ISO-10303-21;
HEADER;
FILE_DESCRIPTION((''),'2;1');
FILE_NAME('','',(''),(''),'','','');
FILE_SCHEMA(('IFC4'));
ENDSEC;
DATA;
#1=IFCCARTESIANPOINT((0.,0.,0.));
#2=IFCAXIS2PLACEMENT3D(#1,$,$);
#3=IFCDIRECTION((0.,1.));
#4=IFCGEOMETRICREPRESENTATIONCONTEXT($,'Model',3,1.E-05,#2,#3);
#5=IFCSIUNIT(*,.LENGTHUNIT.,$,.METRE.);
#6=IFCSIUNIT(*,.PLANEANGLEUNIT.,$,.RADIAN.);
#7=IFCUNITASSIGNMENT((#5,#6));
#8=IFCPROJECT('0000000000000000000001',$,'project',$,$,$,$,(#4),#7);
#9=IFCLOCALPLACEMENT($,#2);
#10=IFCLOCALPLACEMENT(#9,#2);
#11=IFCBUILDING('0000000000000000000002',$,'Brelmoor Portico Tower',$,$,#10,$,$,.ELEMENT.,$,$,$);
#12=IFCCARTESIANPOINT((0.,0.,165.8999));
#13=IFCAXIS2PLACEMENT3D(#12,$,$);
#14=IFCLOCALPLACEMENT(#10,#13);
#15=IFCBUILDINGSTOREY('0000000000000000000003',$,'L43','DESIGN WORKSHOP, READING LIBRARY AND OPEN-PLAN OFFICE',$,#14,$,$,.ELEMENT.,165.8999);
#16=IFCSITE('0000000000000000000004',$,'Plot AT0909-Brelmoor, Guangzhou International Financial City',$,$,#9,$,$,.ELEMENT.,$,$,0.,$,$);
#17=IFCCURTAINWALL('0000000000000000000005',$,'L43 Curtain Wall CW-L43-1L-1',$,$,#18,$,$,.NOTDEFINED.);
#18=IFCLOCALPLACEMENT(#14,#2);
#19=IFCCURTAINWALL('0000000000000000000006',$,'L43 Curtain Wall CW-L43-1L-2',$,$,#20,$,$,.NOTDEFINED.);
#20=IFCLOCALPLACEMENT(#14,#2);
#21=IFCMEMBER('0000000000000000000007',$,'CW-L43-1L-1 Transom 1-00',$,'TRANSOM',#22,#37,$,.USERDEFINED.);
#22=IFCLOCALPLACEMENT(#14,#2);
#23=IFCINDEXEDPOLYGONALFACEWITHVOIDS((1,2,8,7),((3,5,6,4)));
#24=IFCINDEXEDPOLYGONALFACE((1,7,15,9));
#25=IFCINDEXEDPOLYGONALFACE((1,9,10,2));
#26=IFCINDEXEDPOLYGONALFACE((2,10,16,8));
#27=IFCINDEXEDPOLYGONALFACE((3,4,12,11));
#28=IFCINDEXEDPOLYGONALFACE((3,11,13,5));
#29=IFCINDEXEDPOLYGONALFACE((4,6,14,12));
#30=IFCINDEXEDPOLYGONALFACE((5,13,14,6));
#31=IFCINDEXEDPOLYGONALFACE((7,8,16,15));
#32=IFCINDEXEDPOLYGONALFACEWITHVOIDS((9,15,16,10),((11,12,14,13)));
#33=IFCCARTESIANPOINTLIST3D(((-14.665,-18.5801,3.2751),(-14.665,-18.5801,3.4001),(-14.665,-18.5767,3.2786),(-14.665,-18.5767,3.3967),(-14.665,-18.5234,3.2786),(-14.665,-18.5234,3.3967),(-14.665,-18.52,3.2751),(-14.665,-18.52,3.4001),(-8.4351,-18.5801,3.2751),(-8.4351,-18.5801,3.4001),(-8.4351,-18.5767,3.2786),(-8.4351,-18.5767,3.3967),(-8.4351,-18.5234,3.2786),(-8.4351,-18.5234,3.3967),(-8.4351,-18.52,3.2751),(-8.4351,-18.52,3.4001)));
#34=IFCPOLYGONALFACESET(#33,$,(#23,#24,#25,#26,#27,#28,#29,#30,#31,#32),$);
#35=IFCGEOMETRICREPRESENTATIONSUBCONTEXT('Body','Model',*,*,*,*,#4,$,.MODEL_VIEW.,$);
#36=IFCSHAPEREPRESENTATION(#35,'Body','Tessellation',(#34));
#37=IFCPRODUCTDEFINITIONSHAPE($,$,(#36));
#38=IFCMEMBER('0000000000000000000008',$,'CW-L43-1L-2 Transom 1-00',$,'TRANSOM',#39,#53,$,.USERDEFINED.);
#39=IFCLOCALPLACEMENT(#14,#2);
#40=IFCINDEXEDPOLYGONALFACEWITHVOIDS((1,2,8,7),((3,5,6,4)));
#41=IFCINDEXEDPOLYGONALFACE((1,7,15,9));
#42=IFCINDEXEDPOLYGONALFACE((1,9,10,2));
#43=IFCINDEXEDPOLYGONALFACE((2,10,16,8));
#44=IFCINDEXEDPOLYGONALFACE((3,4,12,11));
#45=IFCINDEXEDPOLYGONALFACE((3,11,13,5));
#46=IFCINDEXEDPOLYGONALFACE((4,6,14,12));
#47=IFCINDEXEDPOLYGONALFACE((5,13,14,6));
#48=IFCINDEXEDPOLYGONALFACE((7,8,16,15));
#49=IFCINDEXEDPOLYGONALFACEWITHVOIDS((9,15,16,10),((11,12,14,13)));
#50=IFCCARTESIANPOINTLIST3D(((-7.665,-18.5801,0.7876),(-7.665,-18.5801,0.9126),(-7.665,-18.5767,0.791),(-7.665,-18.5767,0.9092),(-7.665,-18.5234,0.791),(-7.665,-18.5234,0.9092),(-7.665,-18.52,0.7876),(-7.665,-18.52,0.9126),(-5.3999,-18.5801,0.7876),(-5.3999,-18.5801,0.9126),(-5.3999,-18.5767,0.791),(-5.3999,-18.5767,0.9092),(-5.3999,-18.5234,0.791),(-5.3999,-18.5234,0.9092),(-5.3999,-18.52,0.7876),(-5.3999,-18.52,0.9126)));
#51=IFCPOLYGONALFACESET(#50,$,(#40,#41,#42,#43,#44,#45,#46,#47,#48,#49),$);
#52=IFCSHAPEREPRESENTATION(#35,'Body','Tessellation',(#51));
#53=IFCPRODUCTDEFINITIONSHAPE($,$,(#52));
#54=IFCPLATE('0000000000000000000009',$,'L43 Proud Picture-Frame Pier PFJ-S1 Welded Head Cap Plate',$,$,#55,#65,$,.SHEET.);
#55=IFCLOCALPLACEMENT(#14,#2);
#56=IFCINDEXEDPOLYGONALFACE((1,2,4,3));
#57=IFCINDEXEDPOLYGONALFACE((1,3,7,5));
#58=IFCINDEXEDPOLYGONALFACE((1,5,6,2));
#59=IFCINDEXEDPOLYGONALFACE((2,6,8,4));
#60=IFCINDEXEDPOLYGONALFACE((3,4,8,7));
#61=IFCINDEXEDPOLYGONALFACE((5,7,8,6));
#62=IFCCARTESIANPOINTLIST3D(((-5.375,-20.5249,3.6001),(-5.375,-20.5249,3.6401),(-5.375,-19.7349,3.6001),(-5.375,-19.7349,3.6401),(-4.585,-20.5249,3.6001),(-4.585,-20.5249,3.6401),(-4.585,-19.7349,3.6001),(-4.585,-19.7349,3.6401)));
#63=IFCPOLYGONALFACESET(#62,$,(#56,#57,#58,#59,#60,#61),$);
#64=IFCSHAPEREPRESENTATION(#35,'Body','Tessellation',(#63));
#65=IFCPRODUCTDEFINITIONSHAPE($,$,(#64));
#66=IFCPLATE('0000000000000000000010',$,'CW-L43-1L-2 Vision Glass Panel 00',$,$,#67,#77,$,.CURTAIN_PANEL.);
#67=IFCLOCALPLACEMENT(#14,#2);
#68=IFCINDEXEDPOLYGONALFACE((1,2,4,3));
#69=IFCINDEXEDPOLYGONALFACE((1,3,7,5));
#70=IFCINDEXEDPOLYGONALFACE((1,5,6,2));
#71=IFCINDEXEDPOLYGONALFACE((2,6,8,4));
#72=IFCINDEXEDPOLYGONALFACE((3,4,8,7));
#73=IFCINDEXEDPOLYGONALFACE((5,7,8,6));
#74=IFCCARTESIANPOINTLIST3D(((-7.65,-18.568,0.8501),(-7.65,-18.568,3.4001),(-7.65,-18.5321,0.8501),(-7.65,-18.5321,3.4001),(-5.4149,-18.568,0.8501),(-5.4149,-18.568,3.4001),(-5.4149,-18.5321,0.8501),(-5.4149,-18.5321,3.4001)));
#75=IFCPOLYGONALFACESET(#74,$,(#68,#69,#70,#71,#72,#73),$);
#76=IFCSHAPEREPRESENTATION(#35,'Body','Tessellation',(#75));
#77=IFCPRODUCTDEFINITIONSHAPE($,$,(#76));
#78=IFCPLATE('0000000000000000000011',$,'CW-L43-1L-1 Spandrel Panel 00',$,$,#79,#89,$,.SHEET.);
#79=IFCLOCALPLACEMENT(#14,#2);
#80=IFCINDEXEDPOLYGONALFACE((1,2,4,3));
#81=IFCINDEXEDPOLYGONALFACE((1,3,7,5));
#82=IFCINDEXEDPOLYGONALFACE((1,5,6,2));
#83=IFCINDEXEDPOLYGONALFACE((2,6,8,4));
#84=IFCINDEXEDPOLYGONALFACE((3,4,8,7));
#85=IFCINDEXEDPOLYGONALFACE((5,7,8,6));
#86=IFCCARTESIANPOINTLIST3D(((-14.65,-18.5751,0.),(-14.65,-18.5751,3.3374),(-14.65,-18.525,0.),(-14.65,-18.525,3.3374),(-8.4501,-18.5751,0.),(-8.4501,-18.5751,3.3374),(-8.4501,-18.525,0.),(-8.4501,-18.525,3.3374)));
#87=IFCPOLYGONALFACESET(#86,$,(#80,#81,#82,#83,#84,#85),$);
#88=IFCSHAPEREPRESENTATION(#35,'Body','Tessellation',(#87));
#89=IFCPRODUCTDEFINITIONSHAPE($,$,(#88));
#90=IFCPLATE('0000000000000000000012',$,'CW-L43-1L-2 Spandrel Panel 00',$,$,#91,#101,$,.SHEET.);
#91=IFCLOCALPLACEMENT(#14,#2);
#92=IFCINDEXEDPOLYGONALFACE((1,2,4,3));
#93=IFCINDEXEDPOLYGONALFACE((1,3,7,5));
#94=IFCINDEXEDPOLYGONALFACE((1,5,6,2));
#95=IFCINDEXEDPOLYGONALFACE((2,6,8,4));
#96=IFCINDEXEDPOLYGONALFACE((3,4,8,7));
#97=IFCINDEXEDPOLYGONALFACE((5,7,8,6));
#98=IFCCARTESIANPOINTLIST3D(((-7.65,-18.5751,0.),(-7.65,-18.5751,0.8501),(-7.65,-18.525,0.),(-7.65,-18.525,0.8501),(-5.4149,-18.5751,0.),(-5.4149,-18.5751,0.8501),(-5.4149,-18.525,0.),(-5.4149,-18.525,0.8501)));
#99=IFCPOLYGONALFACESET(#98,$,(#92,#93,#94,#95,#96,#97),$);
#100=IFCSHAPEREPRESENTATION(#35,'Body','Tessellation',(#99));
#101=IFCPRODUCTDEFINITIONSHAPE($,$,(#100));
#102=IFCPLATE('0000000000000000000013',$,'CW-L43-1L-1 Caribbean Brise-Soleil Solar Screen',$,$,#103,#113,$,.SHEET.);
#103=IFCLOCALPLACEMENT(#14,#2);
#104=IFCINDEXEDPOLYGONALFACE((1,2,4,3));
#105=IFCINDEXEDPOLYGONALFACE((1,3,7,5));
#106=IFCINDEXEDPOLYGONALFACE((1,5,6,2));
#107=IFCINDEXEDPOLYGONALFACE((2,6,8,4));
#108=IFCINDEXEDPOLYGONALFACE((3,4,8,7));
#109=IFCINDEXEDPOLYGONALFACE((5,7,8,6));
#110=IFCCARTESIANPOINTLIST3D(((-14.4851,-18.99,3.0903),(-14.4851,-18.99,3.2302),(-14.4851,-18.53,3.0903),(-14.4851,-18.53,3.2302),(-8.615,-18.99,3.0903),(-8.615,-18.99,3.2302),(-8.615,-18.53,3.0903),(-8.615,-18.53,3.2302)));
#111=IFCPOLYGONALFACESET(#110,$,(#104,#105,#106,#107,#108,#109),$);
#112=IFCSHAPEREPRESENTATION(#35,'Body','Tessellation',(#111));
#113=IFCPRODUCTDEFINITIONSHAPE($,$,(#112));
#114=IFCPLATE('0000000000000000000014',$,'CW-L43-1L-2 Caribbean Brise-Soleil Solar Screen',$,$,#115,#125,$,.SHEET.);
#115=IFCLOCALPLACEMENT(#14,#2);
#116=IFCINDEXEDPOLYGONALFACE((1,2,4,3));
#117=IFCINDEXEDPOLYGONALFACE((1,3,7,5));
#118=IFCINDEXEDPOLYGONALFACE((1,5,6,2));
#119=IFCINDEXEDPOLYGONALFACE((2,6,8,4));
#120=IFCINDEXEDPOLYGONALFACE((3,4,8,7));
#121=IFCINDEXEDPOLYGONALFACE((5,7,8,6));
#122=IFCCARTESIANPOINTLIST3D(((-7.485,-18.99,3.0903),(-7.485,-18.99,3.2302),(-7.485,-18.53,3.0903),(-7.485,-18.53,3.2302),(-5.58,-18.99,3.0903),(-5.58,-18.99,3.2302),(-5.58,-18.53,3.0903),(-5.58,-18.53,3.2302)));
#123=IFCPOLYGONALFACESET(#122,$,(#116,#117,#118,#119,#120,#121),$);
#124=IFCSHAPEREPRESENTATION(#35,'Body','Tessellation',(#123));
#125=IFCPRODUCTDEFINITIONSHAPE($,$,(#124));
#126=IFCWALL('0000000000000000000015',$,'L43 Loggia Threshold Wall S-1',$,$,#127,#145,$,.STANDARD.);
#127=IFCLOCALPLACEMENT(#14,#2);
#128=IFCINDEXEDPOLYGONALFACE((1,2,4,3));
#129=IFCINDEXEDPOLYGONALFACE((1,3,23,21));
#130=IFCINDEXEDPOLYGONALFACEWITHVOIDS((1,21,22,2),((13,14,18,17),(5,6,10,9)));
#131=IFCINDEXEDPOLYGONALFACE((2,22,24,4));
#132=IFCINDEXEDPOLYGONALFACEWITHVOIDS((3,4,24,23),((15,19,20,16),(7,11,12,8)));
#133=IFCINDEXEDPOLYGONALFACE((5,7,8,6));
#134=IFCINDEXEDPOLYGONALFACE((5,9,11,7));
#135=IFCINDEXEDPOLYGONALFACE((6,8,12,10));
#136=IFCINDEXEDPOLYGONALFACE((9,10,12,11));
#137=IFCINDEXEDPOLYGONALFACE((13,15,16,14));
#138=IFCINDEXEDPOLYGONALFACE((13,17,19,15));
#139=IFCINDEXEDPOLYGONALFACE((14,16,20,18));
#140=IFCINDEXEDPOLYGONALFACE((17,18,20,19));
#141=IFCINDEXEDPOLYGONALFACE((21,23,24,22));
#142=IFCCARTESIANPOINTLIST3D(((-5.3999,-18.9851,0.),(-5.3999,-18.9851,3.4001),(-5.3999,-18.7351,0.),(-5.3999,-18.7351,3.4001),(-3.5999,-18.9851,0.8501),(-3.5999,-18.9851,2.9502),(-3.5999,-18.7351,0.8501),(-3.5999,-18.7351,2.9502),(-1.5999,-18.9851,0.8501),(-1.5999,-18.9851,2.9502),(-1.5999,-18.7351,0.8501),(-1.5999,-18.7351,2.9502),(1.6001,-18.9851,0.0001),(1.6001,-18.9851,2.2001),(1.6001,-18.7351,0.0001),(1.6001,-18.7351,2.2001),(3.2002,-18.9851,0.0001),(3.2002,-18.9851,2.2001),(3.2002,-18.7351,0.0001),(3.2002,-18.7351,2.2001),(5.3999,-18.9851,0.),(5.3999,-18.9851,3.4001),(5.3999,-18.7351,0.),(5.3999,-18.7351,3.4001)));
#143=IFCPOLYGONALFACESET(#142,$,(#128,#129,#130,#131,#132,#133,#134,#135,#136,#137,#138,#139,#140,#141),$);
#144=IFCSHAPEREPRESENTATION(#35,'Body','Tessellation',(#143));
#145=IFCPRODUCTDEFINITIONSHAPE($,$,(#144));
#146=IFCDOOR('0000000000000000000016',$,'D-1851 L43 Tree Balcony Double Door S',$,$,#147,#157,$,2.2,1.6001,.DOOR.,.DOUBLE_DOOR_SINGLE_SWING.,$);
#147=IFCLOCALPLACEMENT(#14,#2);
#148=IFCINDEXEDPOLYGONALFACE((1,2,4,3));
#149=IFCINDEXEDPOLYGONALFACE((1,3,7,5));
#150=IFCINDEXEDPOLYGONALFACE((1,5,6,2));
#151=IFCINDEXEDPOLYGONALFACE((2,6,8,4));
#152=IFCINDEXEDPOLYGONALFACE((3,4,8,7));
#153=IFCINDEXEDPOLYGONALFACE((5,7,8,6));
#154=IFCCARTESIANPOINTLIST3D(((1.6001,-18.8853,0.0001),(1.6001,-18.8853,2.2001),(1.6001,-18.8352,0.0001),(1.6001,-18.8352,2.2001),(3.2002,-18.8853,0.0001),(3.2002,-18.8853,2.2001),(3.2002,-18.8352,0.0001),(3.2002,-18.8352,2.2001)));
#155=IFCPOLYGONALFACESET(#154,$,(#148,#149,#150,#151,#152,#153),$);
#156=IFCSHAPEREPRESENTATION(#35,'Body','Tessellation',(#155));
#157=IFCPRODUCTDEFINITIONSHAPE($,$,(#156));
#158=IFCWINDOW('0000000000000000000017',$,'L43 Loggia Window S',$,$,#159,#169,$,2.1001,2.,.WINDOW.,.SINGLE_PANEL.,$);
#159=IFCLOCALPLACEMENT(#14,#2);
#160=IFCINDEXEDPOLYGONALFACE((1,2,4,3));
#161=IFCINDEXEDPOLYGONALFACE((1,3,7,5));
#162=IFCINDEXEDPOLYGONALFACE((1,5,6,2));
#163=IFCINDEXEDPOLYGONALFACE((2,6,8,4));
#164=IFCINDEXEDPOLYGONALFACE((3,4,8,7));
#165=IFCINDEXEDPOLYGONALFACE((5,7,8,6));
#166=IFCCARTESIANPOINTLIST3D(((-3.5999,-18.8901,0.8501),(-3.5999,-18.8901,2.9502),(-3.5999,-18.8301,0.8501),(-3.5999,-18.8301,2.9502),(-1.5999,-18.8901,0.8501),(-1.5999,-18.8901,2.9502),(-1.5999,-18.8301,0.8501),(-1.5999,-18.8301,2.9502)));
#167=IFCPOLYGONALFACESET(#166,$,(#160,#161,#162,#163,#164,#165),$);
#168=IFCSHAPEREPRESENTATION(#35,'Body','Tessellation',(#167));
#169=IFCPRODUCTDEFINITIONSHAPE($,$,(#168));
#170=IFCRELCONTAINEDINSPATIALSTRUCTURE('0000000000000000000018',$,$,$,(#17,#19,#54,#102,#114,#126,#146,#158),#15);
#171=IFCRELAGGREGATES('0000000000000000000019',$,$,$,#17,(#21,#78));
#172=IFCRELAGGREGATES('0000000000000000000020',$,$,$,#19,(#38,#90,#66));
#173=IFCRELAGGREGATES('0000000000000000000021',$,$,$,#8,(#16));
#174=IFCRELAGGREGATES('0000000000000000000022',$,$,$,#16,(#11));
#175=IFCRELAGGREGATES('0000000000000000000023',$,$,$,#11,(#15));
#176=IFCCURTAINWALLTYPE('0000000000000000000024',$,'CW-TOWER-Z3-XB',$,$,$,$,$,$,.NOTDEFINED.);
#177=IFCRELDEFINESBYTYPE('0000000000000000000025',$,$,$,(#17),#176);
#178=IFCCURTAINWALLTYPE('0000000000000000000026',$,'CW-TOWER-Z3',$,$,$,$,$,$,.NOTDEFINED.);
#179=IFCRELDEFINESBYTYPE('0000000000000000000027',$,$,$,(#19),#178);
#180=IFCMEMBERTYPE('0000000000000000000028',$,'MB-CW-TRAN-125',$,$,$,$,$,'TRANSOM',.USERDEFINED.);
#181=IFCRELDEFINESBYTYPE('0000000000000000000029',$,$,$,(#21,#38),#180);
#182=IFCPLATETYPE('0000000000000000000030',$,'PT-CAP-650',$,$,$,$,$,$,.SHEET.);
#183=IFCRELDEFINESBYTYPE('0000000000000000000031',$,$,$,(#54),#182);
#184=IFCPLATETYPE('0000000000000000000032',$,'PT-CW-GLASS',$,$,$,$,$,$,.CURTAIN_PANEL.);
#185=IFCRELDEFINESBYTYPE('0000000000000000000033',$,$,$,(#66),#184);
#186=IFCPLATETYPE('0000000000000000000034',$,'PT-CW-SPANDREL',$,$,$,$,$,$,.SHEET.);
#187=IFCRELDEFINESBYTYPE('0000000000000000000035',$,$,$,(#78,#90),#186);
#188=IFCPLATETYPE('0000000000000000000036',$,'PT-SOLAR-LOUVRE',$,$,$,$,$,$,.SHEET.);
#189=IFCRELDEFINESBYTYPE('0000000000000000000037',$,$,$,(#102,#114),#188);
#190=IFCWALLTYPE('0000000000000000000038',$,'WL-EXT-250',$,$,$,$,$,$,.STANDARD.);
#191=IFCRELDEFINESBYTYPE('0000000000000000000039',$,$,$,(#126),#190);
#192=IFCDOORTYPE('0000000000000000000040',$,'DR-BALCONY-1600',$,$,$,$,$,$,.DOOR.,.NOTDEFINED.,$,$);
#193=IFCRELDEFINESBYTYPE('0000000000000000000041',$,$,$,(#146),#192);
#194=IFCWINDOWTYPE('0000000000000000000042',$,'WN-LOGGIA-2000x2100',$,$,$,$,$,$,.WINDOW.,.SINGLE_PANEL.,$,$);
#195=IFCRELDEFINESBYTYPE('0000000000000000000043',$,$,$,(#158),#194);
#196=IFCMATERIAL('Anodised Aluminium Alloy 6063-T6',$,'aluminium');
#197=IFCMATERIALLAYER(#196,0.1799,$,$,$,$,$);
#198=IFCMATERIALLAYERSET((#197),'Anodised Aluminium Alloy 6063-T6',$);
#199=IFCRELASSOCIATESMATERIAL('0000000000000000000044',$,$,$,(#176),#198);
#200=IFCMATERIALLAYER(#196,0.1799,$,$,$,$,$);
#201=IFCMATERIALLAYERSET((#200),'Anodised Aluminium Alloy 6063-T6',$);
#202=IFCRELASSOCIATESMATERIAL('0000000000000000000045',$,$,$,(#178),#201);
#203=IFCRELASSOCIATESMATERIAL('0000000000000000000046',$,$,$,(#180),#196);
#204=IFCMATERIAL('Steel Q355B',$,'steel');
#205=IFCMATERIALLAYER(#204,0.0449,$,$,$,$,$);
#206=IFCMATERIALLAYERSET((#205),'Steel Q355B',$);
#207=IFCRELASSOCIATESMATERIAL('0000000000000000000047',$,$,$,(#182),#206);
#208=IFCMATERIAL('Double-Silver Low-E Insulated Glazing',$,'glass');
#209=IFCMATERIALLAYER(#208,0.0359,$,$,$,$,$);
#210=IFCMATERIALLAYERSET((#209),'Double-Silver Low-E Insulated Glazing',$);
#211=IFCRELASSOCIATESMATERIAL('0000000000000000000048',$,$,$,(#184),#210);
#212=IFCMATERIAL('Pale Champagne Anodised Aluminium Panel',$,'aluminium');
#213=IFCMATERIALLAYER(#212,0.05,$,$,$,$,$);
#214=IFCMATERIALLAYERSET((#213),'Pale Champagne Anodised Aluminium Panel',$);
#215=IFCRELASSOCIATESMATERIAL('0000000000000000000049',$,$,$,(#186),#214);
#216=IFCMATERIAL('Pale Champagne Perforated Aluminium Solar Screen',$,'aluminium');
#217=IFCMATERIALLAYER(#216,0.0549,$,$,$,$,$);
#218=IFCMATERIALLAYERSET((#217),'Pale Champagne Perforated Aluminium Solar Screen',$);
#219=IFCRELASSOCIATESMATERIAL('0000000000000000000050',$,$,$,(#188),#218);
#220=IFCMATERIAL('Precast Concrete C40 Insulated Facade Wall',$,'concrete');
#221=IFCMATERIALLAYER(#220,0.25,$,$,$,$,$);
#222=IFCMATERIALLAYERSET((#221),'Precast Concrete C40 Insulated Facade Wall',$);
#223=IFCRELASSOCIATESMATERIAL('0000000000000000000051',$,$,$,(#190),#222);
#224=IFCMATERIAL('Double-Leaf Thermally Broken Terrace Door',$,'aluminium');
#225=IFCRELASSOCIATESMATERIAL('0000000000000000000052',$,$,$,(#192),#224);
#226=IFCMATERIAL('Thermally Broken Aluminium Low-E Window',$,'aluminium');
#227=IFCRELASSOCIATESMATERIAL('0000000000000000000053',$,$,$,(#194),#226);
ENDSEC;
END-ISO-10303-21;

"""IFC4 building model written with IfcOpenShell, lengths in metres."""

from ifc_helpers import new_model, si_unit, direction, frame, frame_2d, origin, origin_2d, place, context, subcontext, project, spatial, rectangle, hollow_rectangle, extrude, material, layer, layer_set, material_profile, profile_set, type_object, element, fill, aggregate, save


model = new_model("IFC4")

# Units and contexts
model_context = context("Model", 3, precision=1e-05, world=origin(), true_north=direction((0.0, 1.0)))
body_context = subcontext(model_context, "Body", "Model", "MODEL_VIEW")
ifc_project = project(units=[si_unit("LENGTHUNIT", "METRE"), si_unit("PLANEANGLEUNIT", "RADIAN")], contexts=[model_context])

# Site, building, storey
site_placement = place(None, origin())
site = spatial("IfcSite", under=ifc_project, at=site_placement, Name="Plot AT0909-Brelmoor, Guangzhou International Financial City", CompositionType="ELEMENT", RefElevation=0.0)
building_placement = place(site_placement, origin())
building = spatial("IfcBuilding", under=site, at=building_placement, Name="Brelmoor Portico Tower", CompositionType="ELEMENT")
storey_placement = place(building_placement, frame((0.0, 0.0, 165.8999)))
storey = spatial("IfcBuildingStorey", under=building, at=storey_placement, Name="L43", Description="DESIGN WORKSHOP, READING LIBRARY AND OPEN-PLAN OFFICE", CompositionType="ELEMENT", Elevation=165.8999)

# Shared definitions
ifc_material_1 = material(Name="Steel Q355B", Category="steel")

# Curtain walls
ifc_material_2 = material(Name="Anodised Aluminium Alloy 6063-T6", Category="aluminium")
ifc_layer_1 = layer(ifc_material_2, 0.1799)
ifc_layer_set_1 = layer_set([ifc_layer_1], Name="Anodised Aluminium Alloy 6063-T6")
curtain_wall_type_1 = type_object("IfcCurtainWallType", Name="CW-TOWER-Z3-XB", PredefinedType="NOTDEFINED", material=ifc_layer_set_1)
curtain_wall_1_placement = place(storey_placement, origin())
curtain_wall_1 = element("IfcCurtainWall", 1, at=curtain_wall_1_placement, inside=storey, type_object=curtain_wall_type_1, Name="L43 Curtain Wall CW-L43-1L-1", PredefinedType="NOTDEFINED")
ifc_layer_2 = layer(ifc_material_2, 0.1799)
ifc_layer_set_2 = layer_set([ifc_layer_2], Name="Anodised Aluminium Alloy 6063-T6")
curtain_wall_type_2 = type_object("IfcCurtainWallType", Name="CW-TOWER-Z3", PredefinedType="NOTDEFINED", material=ifc_layer_set_2)
curtain_wall_2_placement = place(storey_placement, origin())
curtain_wall_2 = element("IfcCurtainWall", 2, at=curtain_wall_2_placement, inside=storey, type_object=curtain_wall_type_2, Name="L43 Curtain Wall CW-L43-1L-2", PredefinedType="NOTDEFINED")

# Members
ifc_material_profile_1 = material_profile(ifc_material_2, hollow_rectangle(XDim=0.0601, YDim=0.125, WallThickness=0.0034, at=origin_2d()), Name="ALU TRANSOM 60x125")
ifc_profile_set_1 = profile_set([ifc_material_profile_1], Name="Anodised Aluminium Alloy 6063-T6")
member_type_1 = type_object("IfcMemberType", Name="MB-CW-TRAN-125", ElementType="TRANSOM", PredefinedType="USERDEFINED", material=ifc_profile_set_1)
member_1_placement = place(storey_placement, frame((-14.665, -18.55, 3.3376), z_axis=(1.0, 0.0, 0.0), x_axis=(0.0, 1.0, 0.0)))
member_1 = element("IfcMember", 3, at=member_1_placement, type_object=member_type_1, Name="CW-L43-1L-1 Transom 1-00", ObjectType="TRANSOM", PredefinedType="USERDEFINED", context=body_context, shape_type="SweptSolid", body=[
    extrude(hollow_rectangle(XDim=0.0601, YDim=0.125, WallThickness=0.0034, at=origin_2d()), origin(), (0.0, 0.0, 1.0), 6.23),
])
member_2_placement = place(storey_placement, frame((-7.665, -18.55, 0.8501), z_axis=(1.0, 0.0, 0.0), x_axis=(0.0, 1.0, 0.0)))
member_2 = element("IfcMember", 4, at=member_2_placement, type_object=member_type_1, Name="CW-L43-1L-2 Transom 1-00", ObjectType="TRANSOM", PredefinedType="USERDEFINED", context=body_context, shape_type="SweptSolid", body=[
    extrude(hollow_rectangle(XDim=0.0601, YDim=0.125, WallThickness=0.0034, at=origin_2d()), origin(), (0.0, 0.0, 1.0), 2.2651),
])

# Plates
ifc_layer_3 = layer(ifc_material_1, 0.0449)
ifc_layer_set_3 = layer_set([ifc_layer_3], Name="Steel Q355B")
plate_type_1 = type_object("IfcPlateType", Name="PT-CAP-650", PredefinedType="SHEET", material=ifc_layer_set_3)
plate_1_placement = place(storey_placement, frame((-4.98, -20.1299, 3.6001), z_axis=(0.0, 0.0, 1.0), x_axis=(1.0, 0.0, 0.0)))
element("IfcPlate", 5, at=plate_1_placement, inside=storey, type_object=plate_type_1, Name="L43 Proud Picture-Frame Pier PFJ-S1 Welded Head Cap Plate", PredefinedType="SHEET", context=body_context, shape_type="SweptSolid", body=[
    extrude(rectangle(XDim=0.79, YDim=0.79, at=origin_2d()), origin(), (0.0, 0.0, 1.0), 0.04),
])
ifc_material_3 = material(Name="Double-Silver Low-E Insulated Glazing", Category="glass")
ifc_layer_4 = layer(ifc_material_3, 0.0359)
ifc_layer_set_4 = layer_set([ifc_layer_4], Name="Double-Silver Low-E Insulated Glazing")
plate_type_2 = type_object("IfcPlateType", Name="PT-CW-GLASS", PredefinedType="CURTAIN_PANEL", material=ifc_layer_set_4)
plate_2_placement = place(storey_placement, frame((-6.5325, -18.55, 0.8501), z_axis=(0.0, 0.0, 1.0), x_axis=(1.0, 0.0, 0.0)))
plate_2 = element("IfcPlate", 6, at=plate_2_placement, type_object=plate_type_2, Name="CW-L43-1L-2 Vision Glass Panel 00", PredefinedType="CURTAIN_PANEL", context=body_context, shape_type="SweptSolid", body=[
    extrude(rectangle(XDim=2.2351, YDim=0.0359, at=origin_2d()), origin(), (0.0, 0.0, 1.0), 2.55),
])
ifc_material_4 = material(Name="Pale Champagne Anodised Aluminium Panel", Category="aluminium")
ifc_layer_5 = layer(ifc_material_4, 0.05)
ifc_layer_set_5 = layer_set([ifc_layer_5], Name="Pale Champagne Anodised Aluminium Panel")
plate_type_3 = type_object("IfcPlateType", Name="PT-CW-SPANDREL", PredefinedType="SHEET", material=ifc_layer_set_5)
plate_3_placement = place(storey_placement, frame((-11.55, -18.55, 0.0), z_axis=(0.0, 0.0, 1.0), x_axis=(1.0, 0.0, 0.0)))
plate_3 = element("IfcPlate", 7, at=plate_3_placement, type_object=plate_type_3, Name="CW-L43-1L-1 Spandrel Panel 00", PredefinedType="SHEET", context=body_context, shape_type="SweptSolid", body=[
    extrude(rectangle(XDim=6.2, YDim=0.05, at=origin_2d()), origin(), (0.0, 0.0, 1.0), 3.3374),
])
aggregate(curtain_wall_1, [member_1, plate_3])
plate_4_placement = place(storey_placement, frame((-6.5325, -18.55, 0.0), z_axis=(0.0, 0.0, 1.0), x_axis=(1.0, 0.0, 0.0)))
plate_4 = element("IfcPlate", 8, at=plate_4_placement, type_object=plate_type_3, Name="CW-L43-1L-2 Spandrel Panel 00", PredefinedType="SHEET", context=body_context, shape_type="SweptSolid", body=[
    extrude(rectangle(XDim=2.2351, YDim=0.05, at=origin_2d()), origin(), (0.0, 0.0, 1.0), 0.8501),
])
aggregate(curtain_wall_2, [member_2, plate_4, plate_2])

# Plates
ifc_material_5 = material(Name="Pale Champagne Perforated Aluminium Solar Screen", Category="aluminium")
ifc_layer_6 = layer(ifc_material_5, 0.0549)
ifc_layer_set_6 = layer_set([ifc_layer_6], Name="Pale Champagne Perforated Aluminium Solar Screen")
plate_type_4 = type_object("IfcPlateType", Name="PT-SOLAR-LOUVRE", PredefinedType="SHEET", material=ifc_layer_set_6)
plate_5_placement = place(storey_placement, frame((-11.55, -18.76, 3.0903), z_axis=(0.0, 0.0, 1.0), x_axis=(1.0, 0.0, 0.0)))
element("IfcPlate", 9, at=plate_5_placement, inside=storey, type_object=plate_type_4, Name="CW-L43-1L-1 Caribbean Brise-Soleil Solar Screen", PredefinedType="SHEET", context=body_context, shape_type="SweptSolid", body=[
    extrude(rectangle(XDim=5.8701, YDim=0.46, at=origin_2d()), origin(), (0.0, 0.0, 1.0), 0.1399),
])
plate_6_placement = place(storey_placement, frame((-6.5325, -18.76, 3.0903), z_axis=(0.0, 0.0, 1.0), x_axis=(1.0, 0.0, 0.0)))
element("IfcPlate", 10, at=plate_6_placement, inside=storey, type_object=plate_type_4, Name="CW-L43-1L-2 Caribbean Brise-Soleil Solar Screen", PredefinedType="SHEET", context=body_context, shape_type="SweptSolid", body=[
    extrude(rectangle(XDim=1.905, YDim=0.46, at=origin_2d()), origin(), (0.0, 0.0, 1.0), 0.1399),
])

# Wall, openings, door, window
ifc_material_6 = material(Name="Precast Concrete C40 Insulated Facade Wall", Category="concrete")
ifc_layer_7 = layer(ifc_material_6, 0.25)
ifc_layer_set_7 = layer_set([ifc_layer_7], Name="Precast Concrete C40 Insulated Facade Wall")
wall_type = type_object("IfcWallType", Name="WL-EXT-250", PredefinedType="STANDARD", material=ifc_layer_set_7)
wall_placement = place(storey_placement, frame((-5.3999, -18.8601, 0.0), z_axis=(0.0, 0.0, 1.0), x_axis=(1.0, 0.0, 0.0)))
wall = element("IfcWall", 11, at=wall_placement, inside=storey, type_object=wall_type, Name="L43 Loggia Threshold Wall S-1", PredefinedType="STANDARD", context=body_context, shape_type="SweptSolid", body=[
    extrude(rectangle(XDim=10.7998, YDim=0.25, at=frame_2d((5.3999, 0.0))), origin(), (0.0, 0.0, 1.0), 3.4001),
])
opening_1_placement = place(wall_placement, frame((7.0, 0.0, 0.0)))
opening_1 = element("IfcOpeningElement", 12, at=opening_1_placement, cuts=wall, PredefinedType="OPENING", context=body_context, shape_type="SweptSolid", body=[
    extrude(rectangle(XDim=1.6001, YDim=2.2, at=frame_2d((0.8, 1.1001))), frame((0.0, 0.135, 0.0), z_axis=(0.0, -1.0, 0.0), x_axis=(1.0, 0.0, 0.0)), (0.0, 0.0, 1.0), 0.27),
])
opening_2_placement = place(wall_placement, frame((1.8, 0.0, 0.8501)))
opening_2 = element("IfcOpeningElement", 13, at=opening_2_placement, cuts=wall, PredefinedType="OPENING", context=body_context, shape_type="SweptSolid", body=[
    extrude(rectangle(XDim=2.0, YDim=2.1001, at=frame_2d((1.0, 1.05))), frame((0.0, 0.135, 0.0), z_axis=(0.0, -1.0, 0.0), x_axis=(1.0, 0.0, 0.0)), (0.0, 0.0, 1.0), 0.27),
])
ifc_material_7 = material(Name="Double-Leaf Thermally Broken Terrace Door", Category="aluminium")
door_type = type_object("IfcDoorType", Name="DR-BALCONY-1600", OperationType="NOTDEFINED", PredefinedType="DOOR", material=ifc_material_7)
door_placement = place(opening_1_placement, origin())
door = element("IfcDoor", 14, at=door_placement, inside=storey, type_object=door_type, Name="D-1851 L43 Tree Balcony Double Door S", OperationType="DOUBLE_DOOR_SINGLE_SWING", OverallHeight=2.2, OverallWidth=1.6001, PredefinedType="DOOR", context=body_context, shape_type="SweptSolid", body=[
    extrude(rectangle(XDim=1.6001, YDim=2.2, at=frame_2d((0.8, 1.1001))), frame((0.0, 0.0249, 0.0), z_axis=(0.0, -1.0, 0.0), x_axis=(1.0, 0.0, 0.0)), (0.0, 0.0, 1.0), 0.05),
])
fill(opening_1, door)
ifc_material_8 = material(Name="Thermally Broken Aluminium Low-E Window", Category="aluminium")
window_type = type_object("IfcWindowType", Name="WN-LOGGIA-2000x2100", PartitioningType="SINGLE_PANEL", PredefinedType="WINDOW", material=ifc_material_8)
window_placement = place(opening_2_placement, origin())
window = element("IfcWindow", 15, at=window_placement, inside=storey, type_object=window_type, Name="L43 Loggia Window S", OverallHeight=2.1001, OverallWidth=2.0, PartitioningType="SINGLE_PANEL", PredefinedType="WINDOW", context=body_context, shape_type="SweptSolid", body=[
    extrude(rectangle(XDim=2.0, YDim=2.1001, at=frame_2d((1.0, 1.05))), frame((0.0, 0.03, 0.0), z_axis=(0.0, -1.0, 0.0), x_axis=(1.0, 0.0, 0.0)), (0.0, 0.0, 1.0), 0.0601),
])
fill(opening_2, window)

save(model, "model.ifc")
